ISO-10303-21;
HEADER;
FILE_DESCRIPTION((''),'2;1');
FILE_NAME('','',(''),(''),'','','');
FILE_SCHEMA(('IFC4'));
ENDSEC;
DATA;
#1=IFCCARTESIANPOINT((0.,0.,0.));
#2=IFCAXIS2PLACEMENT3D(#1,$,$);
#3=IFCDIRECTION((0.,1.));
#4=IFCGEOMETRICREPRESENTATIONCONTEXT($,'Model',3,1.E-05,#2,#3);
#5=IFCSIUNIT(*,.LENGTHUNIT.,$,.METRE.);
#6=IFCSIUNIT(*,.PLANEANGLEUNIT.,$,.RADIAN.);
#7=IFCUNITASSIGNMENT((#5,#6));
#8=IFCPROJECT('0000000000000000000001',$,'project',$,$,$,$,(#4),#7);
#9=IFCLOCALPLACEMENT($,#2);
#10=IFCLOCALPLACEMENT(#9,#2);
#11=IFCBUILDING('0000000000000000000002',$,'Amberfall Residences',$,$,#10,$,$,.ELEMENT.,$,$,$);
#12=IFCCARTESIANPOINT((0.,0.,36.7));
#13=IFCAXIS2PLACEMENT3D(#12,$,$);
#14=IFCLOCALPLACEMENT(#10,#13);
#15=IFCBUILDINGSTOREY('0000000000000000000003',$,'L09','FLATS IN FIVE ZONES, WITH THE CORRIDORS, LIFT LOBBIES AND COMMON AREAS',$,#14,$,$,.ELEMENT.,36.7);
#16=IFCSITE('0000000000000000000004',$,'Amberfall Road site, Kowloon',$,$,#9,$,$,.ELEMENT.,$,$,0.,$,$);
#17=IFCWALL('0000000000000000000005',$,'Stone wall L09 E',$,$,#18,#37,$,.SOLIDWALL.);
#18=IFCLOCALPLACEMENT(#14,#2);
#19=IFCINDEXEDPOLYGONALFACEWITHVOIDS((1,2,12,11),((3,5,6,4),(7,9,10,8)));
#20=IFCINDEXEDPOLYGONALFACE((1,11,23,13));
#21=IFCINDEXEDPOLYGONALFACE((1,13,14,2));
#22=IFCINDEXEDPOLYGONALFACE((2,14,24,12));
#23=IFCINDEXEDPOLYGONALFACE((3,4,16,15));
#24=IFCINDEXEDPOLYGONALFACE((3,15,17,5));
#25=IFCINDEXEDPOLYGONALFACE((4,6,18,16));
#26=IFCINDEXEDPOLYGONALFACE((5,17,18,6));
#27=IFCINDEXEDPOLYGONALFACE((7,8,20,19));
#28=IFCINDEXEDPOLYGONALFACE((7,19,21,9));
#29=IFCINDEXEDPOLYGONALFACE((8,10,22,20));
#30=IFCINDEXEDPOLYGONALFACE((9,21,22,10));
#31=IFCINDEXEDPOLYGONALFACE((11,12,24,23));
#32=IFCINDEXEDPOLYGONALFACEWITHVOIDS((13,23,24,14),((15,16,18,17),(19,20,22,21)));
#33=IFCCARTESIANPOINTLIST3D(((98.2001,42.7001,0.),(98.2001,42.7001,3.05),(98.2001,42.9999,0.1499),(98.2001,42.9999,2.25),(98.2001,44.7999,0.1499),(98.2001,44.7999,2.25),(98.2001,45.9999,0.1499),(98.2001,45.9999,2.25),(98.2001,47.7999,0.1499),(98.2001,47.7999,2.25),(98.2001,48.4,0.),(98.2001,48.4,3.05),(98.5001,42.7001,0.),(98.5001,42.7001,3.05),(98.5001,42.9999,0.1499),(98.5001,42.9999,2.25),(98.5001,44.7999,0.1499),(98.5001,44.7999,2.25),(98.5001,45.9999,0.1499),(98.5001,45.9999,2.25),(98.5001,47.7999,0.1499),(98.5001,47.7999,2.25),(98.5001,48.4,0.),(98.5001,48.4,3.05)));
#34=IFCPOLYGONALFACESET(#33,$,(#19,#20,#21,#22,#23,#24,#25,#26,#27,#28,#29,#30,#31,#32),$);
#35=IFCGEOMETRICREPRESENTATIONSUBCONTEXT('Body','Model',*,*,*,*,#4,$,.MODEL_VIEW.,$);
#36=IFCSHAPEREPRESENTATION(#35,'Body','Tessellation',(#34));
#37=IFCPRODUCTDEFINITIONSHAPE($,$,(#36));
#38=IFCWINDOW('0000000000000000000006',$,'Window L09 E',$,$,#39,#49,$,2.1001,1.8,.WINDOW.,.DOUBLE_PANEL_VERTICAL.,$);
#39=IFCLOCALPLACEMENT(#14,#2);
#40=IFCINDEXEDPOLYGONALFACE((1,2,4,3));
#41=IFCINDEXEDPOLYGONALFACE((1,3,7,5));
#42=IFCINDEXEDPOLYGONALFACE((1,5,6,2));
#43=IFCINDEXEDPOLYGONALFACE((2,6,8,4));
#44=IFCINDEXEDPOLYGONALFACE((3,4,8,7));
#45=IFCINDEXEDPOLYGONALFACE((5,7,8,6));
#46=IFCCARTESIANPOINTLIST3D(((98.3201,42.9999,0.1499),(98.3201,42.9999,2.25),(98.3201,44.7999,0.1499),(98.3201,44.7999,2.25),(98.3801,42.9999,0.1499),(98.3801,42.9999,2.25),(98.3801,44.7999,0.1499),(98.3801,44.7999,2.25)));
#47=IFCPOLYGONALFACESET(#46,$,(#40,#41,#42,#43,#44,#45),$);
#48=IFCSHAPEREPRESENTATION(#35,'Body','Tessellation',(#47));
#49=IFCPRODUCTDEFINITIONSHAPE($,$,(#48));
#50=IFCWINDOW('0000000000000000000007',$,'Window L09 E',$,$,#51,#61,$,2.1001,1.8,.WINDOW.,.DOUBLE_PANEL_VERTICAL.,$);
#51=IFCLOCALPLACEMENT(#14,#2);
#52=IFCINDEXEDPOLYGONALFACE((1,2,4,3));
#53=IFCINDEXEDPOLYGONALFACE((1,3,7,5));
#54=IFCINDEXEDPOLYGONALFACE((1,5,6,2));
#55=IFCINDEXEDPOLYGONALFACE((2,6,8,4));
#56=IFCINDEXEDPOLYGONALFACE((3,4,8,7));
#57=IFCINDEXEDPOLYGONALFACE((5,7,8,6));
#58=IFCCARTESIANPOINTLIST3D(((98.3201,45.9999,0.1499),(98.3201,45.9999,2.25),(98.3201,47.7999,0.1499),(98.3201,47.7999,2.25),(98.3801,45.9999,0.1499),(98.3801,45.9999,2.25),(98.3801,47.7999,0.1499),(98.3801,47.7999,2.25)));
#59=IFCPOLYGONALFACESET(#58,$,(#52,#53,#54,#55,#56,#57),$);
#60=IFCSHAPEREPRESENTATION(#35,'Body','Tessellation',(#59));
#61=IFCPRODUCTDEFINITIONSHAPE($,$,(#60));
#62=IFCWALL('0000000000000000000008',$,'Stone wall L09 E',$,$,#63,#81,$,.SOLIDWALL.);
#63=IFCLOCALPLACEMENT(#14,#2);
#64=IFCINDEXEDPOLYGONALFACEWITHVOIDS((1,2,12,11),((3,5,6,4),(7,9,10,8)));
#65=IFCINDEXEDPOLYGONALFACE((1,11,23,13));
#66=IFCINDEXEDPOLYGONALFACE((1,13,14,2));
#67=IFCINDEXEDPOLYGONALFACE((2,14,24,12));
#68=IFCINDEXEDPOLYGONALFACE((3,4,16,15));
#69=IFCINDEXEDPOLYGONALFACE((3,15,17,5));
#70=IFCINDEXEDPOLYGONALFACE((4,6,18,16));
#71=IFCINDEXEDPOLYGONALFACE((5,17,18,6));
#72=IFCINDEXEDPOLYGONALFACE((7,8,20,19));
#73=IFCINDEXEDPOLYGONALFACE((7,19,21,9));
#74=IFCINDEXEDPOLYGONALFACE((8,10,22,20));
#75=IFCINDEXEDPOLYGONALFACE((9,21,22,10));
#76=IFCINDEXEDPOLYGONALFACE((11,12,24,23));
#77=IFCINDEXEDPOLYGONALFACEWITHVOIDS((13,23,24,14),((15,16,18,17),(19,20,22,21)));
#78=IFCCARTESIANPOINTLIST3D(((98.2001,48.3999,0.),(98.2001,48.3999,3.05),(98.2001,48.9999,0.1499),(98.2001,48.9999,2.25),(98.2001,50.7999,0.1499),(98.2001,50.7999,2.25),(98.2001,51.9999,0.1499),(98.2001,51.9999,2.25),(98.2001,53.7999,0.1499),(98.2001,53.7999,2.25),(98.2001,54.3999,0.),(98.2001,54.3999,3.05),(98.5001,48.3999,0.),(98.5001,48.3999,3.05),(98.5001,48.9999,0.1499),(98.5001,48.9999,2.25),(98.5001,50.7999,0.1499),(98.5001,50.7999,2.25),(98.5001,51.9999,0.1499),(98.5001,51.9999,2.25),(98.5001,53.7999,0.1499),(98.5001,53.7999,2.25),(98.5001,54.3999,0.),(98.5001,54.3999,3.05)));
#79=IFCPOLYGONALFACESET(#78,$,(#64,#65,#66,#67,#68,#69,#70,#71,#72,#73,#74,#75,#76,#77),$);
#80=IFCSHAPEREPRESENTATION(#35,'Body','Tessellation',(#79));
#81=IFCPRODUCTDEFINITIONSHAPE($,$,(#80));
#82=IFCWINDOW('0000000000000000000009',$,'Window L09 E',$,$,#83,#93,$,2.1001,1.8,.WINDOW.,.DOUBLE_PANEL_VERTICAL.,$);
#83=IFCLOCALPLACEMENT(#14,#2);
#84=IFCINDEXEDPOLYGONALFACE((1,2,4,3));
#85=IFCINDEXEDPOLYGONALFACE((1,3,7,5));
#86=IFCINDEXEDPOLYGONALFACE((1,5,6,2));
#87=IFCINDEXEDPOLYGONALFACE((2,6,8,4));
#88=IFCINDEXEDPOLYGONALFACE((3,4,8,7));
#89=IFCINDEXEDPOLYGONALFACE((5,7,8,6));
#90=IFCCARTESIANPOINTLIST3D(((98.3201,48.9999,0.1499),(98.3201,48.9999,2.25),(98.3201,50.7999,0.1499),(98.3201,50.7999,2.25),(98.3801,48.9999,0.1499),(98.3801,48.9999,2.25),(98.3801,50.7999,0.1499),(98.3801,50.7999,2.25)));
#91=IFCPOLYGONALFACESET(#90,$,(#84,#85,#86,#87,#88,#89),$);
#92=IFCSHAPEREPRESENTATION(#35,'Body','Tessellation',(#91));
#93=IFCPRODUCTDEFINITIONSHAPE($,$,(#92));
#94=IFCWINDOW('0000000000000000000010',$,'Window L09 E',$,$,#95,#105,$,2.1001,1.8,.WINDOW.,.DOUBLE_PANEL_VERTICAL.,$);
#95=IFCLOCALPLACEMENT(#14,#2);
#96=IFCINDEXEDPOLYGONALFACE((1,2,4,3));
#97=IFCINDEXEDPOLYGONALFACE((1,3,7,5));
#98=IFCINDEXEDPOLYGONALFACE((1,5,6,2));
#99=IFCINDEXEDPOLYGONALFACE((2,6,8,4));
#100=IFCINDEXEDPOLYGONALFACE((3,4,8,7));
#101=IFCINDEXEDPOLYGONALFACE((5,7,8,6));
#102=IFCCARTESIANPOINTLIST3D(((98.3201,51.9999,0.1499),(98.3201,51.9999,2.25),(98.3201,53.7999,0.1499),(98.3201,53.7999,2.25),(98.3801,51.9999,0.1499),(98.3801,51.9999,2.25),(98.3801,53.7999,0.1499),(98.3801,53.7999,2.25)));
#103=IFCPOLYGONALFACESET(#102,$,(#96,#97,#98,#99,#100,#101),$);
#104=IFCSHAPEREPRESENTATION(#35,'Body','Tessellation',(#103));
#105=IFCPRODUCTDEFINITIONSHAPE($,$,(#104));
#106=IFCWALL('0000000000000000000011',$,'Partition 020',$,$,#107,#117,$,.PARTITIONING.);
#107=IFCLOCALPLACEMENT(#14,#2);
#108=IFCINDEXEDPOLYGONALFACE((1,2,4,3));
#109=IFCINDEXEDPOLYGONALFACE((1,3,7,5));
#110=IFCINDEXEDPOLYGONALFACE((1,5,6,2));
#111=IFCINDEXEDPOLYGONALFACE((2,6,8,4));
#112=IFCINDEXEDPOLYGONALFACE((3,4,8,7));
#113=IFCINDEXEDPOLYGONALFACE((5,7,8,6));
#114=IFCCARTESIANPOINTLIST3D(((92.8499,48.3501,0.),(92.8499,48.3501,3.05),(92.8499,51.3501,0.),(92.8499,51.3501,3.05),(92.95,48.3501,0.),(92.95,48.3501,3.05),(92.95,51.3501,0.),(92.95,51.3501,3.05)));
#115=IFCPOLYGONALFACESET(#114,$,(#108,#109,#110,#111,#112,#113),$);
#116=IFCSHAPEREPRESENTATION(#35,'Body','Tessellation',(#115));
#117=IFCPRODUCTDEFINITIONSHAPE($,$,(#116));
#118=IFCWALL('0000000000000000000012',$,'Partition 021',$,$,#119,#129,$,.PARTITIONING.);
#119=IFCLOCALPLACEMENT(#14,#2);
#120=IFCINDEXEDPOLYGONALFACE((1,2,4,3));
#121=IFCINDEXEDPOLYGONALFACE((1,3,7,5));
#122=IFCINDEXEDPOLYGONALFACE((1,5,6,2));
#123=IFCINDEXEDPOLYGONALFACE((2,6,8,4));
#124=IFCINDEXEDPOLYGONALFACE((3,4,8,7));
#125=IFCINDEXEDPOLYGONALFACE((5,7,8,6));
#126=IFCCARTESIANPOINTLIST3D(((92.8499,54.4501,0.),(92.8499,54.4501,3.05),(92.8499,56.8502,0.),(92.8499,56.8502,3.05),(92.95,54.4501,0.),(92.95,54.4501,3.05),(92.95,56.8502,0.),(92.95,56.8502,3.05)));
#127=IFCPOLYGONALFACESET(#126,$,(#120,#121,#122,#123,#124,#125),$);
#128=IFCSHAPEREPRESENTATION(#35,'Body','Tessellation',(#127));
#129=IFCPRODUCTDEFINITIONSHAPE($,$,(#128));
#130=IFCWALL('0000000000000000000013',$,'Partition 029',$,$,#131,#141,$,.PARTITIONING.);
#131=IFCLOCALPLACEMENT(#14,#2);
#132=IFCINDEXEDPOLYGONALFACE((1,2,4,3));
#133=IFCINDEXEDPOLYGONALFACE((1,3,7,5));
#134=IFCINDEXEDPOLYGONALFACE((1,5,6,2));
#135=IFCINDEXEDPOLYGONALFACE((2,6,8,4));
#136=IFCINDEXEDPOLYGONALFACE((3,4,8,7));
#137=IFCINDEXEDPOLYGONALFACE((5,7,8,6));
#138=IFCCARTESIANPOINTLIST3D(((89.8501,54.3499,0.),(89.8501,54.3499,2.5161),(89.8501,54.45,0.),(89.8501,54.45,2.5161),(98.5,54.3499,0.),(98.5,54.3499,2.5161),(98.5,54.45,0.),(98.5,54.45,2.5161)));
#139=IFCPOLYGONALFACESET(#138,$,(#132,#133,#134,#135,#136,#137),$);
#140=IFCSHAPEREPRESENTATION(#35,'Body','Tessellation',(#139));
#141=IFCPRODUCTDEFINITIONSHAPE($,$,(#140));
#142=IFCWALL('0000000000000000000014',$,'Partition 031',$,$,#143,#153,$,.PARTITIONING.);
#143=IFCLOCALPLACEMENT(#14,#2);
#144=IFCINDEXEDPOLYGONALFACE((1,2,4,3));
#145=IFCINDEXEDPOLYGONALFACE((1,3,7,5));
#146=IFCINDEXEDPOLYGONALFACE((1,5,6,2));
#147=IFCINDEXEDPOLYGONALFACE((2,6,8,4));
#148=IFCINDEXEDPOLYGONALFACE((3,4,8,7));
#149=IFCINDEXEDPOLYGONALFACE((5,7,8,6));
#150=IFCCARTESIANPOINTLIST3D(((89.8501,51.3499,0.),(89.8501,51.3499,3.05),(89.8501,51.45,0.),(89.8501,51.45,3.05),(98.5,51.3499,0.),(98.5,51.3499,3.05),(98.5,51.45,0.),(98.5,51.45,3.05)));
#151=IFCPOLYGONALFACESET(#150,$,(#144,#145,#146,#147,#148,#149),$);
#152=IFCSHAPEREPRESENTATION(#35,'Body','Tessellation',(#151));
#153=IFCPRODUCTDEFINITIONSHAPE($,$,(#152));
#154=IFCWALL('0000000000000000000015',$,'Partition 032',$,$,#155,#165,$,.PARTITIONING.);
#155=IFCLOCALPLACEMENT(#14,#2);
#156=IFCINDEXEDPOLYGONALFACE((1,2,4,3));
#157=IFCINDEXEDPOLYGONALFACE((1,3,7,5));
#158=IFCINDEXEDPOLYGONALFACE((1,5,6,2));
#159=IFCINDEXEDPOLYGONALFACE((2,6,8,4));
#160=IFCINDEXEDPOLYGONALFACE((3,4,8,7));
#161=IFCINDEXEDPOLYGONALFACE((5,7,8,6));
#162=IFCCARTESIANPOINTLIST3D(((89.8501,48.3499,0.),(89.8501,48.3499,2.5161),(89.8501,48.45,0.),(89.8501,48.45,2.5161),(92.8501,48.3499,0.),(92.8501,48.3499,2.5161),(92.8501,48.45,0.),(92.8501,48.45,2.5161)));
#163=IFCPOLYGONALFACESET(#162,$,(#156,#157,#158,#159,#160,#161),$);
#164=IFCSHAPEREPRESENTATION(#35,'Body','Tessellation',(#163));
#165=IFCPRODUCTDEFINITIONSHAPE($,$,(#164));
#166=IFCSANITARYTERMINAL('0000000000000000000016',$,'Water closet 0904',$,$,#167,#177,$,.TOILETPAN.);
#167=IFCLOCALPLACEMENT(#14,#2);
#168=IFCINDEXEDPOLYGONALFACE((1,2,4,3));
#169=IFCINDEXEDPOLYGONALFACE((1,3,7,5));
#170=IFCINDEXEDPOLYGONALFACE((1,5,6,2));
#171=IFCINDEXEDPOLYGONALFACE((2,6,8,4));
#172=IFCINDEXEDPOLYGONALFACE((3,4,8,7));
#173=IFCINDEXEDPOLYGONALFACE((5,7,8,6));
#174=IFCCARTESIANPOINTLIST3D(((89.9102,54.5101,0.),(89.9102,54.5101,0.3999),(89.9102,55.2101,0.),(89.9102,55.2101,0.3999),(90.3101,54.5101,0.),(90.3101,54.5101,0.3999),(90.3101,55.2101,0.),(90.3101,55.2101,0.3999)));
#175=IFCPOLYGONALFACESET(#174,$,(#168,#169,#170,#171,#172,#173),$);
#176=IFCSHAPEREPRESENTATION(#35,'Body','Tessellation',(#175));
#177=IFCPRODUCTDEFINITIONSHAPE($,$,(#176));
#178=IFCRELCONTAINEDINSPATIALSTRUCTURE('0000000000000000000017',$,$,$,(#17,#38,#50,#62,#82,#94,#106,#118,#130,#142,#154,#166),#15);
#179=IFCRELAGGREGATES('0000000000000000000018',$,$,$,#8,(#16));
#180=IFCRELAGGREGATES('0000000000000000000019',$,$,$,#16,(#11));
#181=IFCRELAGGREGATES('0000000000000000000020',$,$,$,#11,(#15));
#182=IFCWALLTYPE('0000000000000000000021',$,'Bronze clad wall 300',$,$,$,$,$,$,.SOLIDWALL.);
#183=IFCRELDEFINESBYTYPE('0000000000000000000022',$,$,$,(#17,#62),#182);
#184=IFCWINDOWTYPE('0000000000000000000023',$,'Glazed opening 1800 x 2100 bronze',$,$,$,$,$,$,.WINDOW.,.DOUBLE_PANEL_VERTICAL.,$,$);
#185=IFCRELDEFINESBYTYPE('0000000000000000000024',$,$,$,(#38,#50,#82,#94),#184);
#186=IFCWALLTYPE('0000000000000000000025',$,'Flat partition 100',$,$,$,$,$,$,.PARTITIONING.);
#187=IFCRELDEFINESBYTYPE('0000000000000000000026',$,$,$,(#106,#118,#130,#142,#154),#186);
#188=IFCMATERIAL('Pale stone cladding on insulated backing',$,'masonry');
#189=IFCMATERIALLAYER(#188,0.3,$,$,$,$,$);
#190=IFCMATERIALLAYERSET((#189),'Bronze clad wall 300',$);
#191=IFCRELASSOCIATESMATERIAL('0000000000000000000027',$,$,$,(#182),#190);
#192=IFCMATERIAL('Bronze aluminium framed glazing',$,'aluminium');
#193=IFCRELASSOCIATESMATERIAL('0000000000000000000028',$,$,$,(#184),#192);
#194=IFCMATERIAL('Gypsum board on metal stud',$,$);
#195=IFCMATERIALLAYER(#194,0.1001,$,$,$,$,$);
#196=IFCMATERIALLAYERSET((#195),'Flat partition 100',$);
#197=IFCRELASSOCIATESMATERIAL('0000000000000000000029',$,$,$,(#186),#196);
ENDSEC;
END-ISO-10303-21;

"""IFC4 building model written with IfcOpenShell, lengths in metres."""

from ifc_helpers import new_model, si_unit, direction, frame, frame_2d, origin, origin_2d, place, context, subcontext, project, spatial, rectangle, extrude, material, layer, layer_set, type_object, element, fill, save


model = new_model("IFC4")

# Units and contexts
model_context = context("Model", 3, precision=1e-05, world=origin(), true_north=direction((0.0, 1.0)))
body_context = subcontext(model_context, "Body", "Model", "MODEL_VIEW")
ifc_project = project(units=[si_unit("LENGTHUNIT", "METRE"), si_unit("PLANEANGLEUNIT", "RADIAN")], contexts=[model_context])

# Site, building, storey
site_placement = place(None, origin())
site = spatial("IfcSite", under=ifc_project, at=site_placement, Name="Amberfall Road site, Kowloon", CompositionType="ELEMENT", RefElevation=0.0)
building_placement = place(site_placement, origin())
building = spatial("IfcBuilding", under=site, at=building_placement, Name="Amberfall Residences", CompositionType="ELEMENT")
storey_placement = place(building_placement, frame((0.0, 0.0, 36.7)))
storey = spatial("IfcBuildingStorey", under=building, at=storey_placement, Name="L09", Description="FLATS IN FIVE ZONES, WITH THE CORRIDORS, LIFT LOBBIES AND COMMON AREAS", CompositionType="ELEMENT", Elevation=36.7)

# Shared definitions
ifc_material_1 = material(Name="Pale stone cladding on insulated backing", Category="masonry")
ifc_layer_1 = layer(ifc_material_1, 0.3)
ifc_layer_set_1 = layer_set([ifc_layer_1], Name="Bronze clad wall 300")
wall_type_1 = type_object("IfcWallType", Name="Bronze clad wall 300", PredefinedType="SOLIDWALL", material=ifc_layer_set_1)
ifc_material_2 = material(Name="Bronze aluminium framed glazing", Category="aluminium")

# Walls, openings, windows
wall_1_placement = place(storey_placement, frame((98.3501, 42.7, 0.0), z_axis=(0.0, 0.0, 1.0), x_axis=(0.0, 1.0, 0.0)))
wall_1 = element("IfcWall", 1, at=wall_1_placement, inside=storey, type_object=wall_type_1, Name="Stone wall L09 E", PredefinedType="SOLIDWALL", context=body_context, shape_type="SweptSolid", body=[
    extrude(rectangle(XDim=5.7, YDim=0.3, at=frame_2d((2.8501, 0.0))), origin(), (0.0, 0.0, 1.0), 3.05),
])
opening_1_placement = place(wall_1_placement, frame((0.3, 0.0, 0.1499)))
opening_1 = element("IfcOpeningElement", 2, at=opening_1_placement, cuts=wall_1, PredefinedType="OPENING", context=body_context, shape_type="SweptSolid", body=[
    extrude(rectangle(XDim=1.8, YDim=2.1001, at=frame_2d((0.8999, 1.05))), frame((0.0, 0.1599, 0.0), z_axis=(0.0, -1.0, 0.0), x_axis=(1.0, 0.0, 0.0)), (0.0, 0.0, 1.0), 0.3201),
])
opening_2_placement = place(wall_1_placement, frame((3.3, 0.0, 0.1499)))
opening_2 = element("IfcOpeningElement", 3, at=opening_2_placement, cuts=wall_1, PredefinedType="OPENING", context=body_context, shape_type="SweptSolid", body=[
    extrude(rectangle(XDim=1.8, YDim=2.1001, at=frame_2d((0.8999, 1.05))), frame((0.0, 0.1599, 0.0), z_axis=(0.0, -1.0, 0.0), x_axis=(1.0, 0.0, 0.0)), (0.0, 0.0, 1.0), 0.3201),
])
window_type_1 = type_object("IfcWindowType", Name="Glazed opening 1800 x 2100 bronze", PartitioningType="DOUBLE_PANEL_VERTICAL", PredefinedType="WINDOW", material=ifc_material_2)
window_1_placement = place(opening_1_placement, origin())
window_1 = element("IfcWindow", 4, at=window_1_placement, inside=storey, type_object=window_type_1, Name="Window L09 E", OverallHeight=2.1001, OverallWidth=1.8, PartitioningType="DOUBLE_PANEL_VERTICAL", PredefinedType="WINDOW", context=body_context, shape_type="SweptSolid", body=[
    extrude(rectangle(XDim=1.8, YDim=2.1001, at=frame_2d((0.8999, 1.05))), frame((0.0, 0.03, 0.0), z_axis=(0.0, -1.0, 0.0), x_axis=(1.0, 0.0, 0.0)), (0.0, 0.0, 1.0), 0.0601),
])
fill(opening_1, window_1)
window_2_placement = place(opening_2_placement, origin())
window_2 = element("IfcWindow", 5, at=window_2_placement, inside=storey, type_object=window_type_1, Name="Window L09 E", OverallHeight=2.1001, OverallWidth=1.8, PartitioningType="DOUBLE_PANEL_VERTICAL", PredefinedType="WINDOW", context=body_context, shape_type="SweptSolid", body=[
    extrude(rectangle(XDim=1.8, YDim=2.1001, at=frame_2d((0.8999, 1.05))), frame((0.0, 0.03, 0.0), z_axis=(0.0, -1.0, 0.0), x_axis=(1.0, 0.0, 0.0)), (0.0, 0.0, 1.0), 0.0601),
])
fill(opening_2, window_2)
wall_2_placement = place(storey_placement, frame((98.3501, 48.3999, 0.0), z_axis=(0.0, 0.0, 1.0), x_axis=(0.0, 1.0, 0.0)))
wall_2 = element("IfcWall", 6, at=wall_2_placement, inside=storey, type_object=wall_type_1, Name="Stone wall L09 E", PredefinedType="SOLIDWALL", context=body_context, shape_type="SweptSolid", body=[
    extrude(rectangle(XDim=6.0, YDim=0.3, at=frame_2d((3.0, 0.0))), origin(), (0.0, 0.0, 1.0), 3.05),
])
opening_3_placement = place(wall_2_placement, frame((0.6001, 0.0, 0.1499)))
opening_3 = element("IfcOpeningElement", 7, at=opening_3_placement, cuts=wall_2, PredefinedType="OPENING", context=body_context, shape_type="SweptSolid", body=[
    extrude(rectangle(XDim=1.8, YDim=2.1001, at=frame_2d((0.8999, 1.05))), frame((0.0, 0.1599, 0.0), z_axis=(0.0, -1.0, 0.0), x_axis=(1.0, 0.0, 0.0)), (0.0, 0.0, 1.0), 0.3201),
])
opening_4_placement = place(wall_2_placement, frame((3.6001, 0.0, 0.1499)))
opening_4 = element("IfcOpeningElement", 8, at=opening_4_placement, cuts=wall_2, PredefinedType="OPENING", context=body_context, shape_type="SweptSolid", body=[
    extrude(rectangle(XDim=1.8, YDim=2.1001, at=frame_2d((0.8999, 1.05))), frame((0.0, 0.1599, 0.0), z_axis=(0.0, -1.0, 0.0), x_axis=(1.0, 0.0, 0.0)), (0.0, 0.0, 1.0), 0.3201),
])
window_3_placement = place(opening_3_placement, origin())
window_3 = element("IfcWindow", 9, at=window_3_placement, inside=storey, type_object=window_type_1, Name="Window L09 E", OverallHeight=2.1001, OverallWidth=1.8, PartitioningType="DOUBLE_PANEL_VERTICAL", PredefinedType="WINDOW", context=body_context, shape_type="SweptSolid", body=[
    extrude(rectangle(XDim=1.8, YDim=2.1001, at=frame_2d((0.8999, 1.05))), frame((0.0, 0.03, 0.0), z_axis=(0.0, -1.0, 0.0), x_axis=(1.0, 0.0, 0.0)), (0.0, 0.0, 1.0), 0.0601),
])
fill(opening_3, window_3)
window_4_placement = place(opening_4_placement, origin())
window_4 = element("IfcWindow", 10, at=window_4_placement, inside=storey, type_object=window_type_1, Name="Window L09 E", OverallHeight=2.1001, OverallWidth=1.8, PartitioningType="DOUBLE_PANEL_VERTICAL", PredefinedType="WINDOW", context=body_context, shape_type="SweptSolid", body=[
    extrude(rectangle(XDim=1.8, YDim=2.1001, at=frame_2d((0.8999, 1.05))), frame((0.0, 0.03, 0.0), z_axis=(0.0, -1.0, 0.0), x_axis=(1.0, 0.0, 0.0)), (0.0, 0.0, 1.0), 0.0601),
])
fill(opening_4, window_4)

# Walls
ifc_material_3 = material(Name="Gypsum board on metal stud")
ifc_layer_2 = layer(ifc_material_3, 0.1001)
ifc_layer_set_2 = layer_set([ifc_layer_2], Name="Flat partition 100")
wall_type_2 = type_object("IfcWallType", Name="Flat partition 100", PredefinedType="PARTITIONING", material=ifc_layer_set_2)
wall_3_placement = place(storey_placement, frame((92.8999, 48.3501, 0.0), z_axis=(0.0, 0.0, 1.0), x_axis=(0.0, 1.0, 0.0)))
element("IfcWall", 11, at=wall_3_placement, inside=storey, type_object=wall_type_2, Name="Partition 020", PredefinedType="PARTITIONING", context=body_context, shape_type="SweptSolid", body=[
    extrude(rectangle(XDim=3.0, YDim=0.1001, at=frame_2d((1.5, 0.0))), origin(), (0.0, 0.0, 1.0), 3.05),
])
wall_4_placement = place(storey_placement, frame((92.8999, 54.45, 0.0), z_axis=(0.0, 0.0, 1.0), x_axis=(0.0, 1.0, 0.0)))
element("IfcWall", 12, at=wall_4_placement, inside=storey, type_object=wall_type_2, Name="Partition 021", PredefinedType="PARTITIONING", context=body_context, shape_type="SweptSolid", body=[
    extrude(rectangle(XDim=2.4001, YDim=0.1001, at=frame_2d((1.2002, 0.0))), origin(), (0.0, 0.0, 1.0), 3.05),
])
wall_5_placement = place(storey_placement, frame((89.8501, 54.3999, 0.0), z_axis=(0.0, 0.0, 1.0), x_axis=(1.0, 0.0, 0.0)))
element("IfcWall", 13, at=wall_5_placement, inside=storey, type_object=wall_type_2, Name="Partition 029", PredefinedType="PARTITIONING", context=body_context, shape_type="SweptSolid", body=[
    extrude(rectangle(XDim=8.6499, YDim=0.1001, at=frame_2d((4.325, 0.0))), origin(), (0.0, 0.0, 1.0), 2.5161),
])
wall_6_placement = place(storey_placement, frame((89.8501, 51.3999, 0.0), z_axis=(0.0, 0.0, 1.0), x_axis=(1.0, 0.0, 0.0)))
element("IfcWall", 14, at=wall_6_placement, inside=storey, type_object=wall_type_2, Name="Partition 031", PredefinedType="PARTITIONING", context=body_context, shape_type="SweptSolid", body=[
    extrude(rectangle(XDim=8.6499, YDim=0.1001, at=frame_2d((4.325, 0.0))), origin(), (0.0, 0.0, 1.0), 3.05),
])
wall_7_placement = place(storey_placement, frame((89.8501, 48.3999, 0.0), z_axis=(0.0, 0.0, 1.0), x_axis=(1.0, 0.0, 0.0)))
element("IfcWall", 15, at=wall_7_placement, inside=storey, type_object=wall_type_2, Name="Partition 032", PredefinedType="PARTITIONING", context=body_context, shape_type="SweptSolid", body=[
    extrude(rectangle(XDim=3.0, YDim=0.1001, at=frame_2d((1.5, 0.0))), origin(), (0.0, 0.0, 1.0), 2.5161),
])

# Sanitary terminal
sanitary_terminal_1_placement = place(storey_placement, frame((90.1101, 54.8601, 0.0), z_axis=(0.0, 0.0, 1.0), x_axis=(1.0, 0.0, 0.0)))
element("IfcSanitaryTerminal", 16, at=sanitary_terminal_1_placement, inside=storey, Name="Water closet 0904", PredefinedType="TOILETPAN", context=body_context, shape_type="SweptSolid", body=[
    extrude(rectangle(XDim=0.3999, YDim=0.7, at=origin_2d()), origin(), (0.0, 0.0, 1.0), 0.3999),
])

save(model, "model.ifc")
